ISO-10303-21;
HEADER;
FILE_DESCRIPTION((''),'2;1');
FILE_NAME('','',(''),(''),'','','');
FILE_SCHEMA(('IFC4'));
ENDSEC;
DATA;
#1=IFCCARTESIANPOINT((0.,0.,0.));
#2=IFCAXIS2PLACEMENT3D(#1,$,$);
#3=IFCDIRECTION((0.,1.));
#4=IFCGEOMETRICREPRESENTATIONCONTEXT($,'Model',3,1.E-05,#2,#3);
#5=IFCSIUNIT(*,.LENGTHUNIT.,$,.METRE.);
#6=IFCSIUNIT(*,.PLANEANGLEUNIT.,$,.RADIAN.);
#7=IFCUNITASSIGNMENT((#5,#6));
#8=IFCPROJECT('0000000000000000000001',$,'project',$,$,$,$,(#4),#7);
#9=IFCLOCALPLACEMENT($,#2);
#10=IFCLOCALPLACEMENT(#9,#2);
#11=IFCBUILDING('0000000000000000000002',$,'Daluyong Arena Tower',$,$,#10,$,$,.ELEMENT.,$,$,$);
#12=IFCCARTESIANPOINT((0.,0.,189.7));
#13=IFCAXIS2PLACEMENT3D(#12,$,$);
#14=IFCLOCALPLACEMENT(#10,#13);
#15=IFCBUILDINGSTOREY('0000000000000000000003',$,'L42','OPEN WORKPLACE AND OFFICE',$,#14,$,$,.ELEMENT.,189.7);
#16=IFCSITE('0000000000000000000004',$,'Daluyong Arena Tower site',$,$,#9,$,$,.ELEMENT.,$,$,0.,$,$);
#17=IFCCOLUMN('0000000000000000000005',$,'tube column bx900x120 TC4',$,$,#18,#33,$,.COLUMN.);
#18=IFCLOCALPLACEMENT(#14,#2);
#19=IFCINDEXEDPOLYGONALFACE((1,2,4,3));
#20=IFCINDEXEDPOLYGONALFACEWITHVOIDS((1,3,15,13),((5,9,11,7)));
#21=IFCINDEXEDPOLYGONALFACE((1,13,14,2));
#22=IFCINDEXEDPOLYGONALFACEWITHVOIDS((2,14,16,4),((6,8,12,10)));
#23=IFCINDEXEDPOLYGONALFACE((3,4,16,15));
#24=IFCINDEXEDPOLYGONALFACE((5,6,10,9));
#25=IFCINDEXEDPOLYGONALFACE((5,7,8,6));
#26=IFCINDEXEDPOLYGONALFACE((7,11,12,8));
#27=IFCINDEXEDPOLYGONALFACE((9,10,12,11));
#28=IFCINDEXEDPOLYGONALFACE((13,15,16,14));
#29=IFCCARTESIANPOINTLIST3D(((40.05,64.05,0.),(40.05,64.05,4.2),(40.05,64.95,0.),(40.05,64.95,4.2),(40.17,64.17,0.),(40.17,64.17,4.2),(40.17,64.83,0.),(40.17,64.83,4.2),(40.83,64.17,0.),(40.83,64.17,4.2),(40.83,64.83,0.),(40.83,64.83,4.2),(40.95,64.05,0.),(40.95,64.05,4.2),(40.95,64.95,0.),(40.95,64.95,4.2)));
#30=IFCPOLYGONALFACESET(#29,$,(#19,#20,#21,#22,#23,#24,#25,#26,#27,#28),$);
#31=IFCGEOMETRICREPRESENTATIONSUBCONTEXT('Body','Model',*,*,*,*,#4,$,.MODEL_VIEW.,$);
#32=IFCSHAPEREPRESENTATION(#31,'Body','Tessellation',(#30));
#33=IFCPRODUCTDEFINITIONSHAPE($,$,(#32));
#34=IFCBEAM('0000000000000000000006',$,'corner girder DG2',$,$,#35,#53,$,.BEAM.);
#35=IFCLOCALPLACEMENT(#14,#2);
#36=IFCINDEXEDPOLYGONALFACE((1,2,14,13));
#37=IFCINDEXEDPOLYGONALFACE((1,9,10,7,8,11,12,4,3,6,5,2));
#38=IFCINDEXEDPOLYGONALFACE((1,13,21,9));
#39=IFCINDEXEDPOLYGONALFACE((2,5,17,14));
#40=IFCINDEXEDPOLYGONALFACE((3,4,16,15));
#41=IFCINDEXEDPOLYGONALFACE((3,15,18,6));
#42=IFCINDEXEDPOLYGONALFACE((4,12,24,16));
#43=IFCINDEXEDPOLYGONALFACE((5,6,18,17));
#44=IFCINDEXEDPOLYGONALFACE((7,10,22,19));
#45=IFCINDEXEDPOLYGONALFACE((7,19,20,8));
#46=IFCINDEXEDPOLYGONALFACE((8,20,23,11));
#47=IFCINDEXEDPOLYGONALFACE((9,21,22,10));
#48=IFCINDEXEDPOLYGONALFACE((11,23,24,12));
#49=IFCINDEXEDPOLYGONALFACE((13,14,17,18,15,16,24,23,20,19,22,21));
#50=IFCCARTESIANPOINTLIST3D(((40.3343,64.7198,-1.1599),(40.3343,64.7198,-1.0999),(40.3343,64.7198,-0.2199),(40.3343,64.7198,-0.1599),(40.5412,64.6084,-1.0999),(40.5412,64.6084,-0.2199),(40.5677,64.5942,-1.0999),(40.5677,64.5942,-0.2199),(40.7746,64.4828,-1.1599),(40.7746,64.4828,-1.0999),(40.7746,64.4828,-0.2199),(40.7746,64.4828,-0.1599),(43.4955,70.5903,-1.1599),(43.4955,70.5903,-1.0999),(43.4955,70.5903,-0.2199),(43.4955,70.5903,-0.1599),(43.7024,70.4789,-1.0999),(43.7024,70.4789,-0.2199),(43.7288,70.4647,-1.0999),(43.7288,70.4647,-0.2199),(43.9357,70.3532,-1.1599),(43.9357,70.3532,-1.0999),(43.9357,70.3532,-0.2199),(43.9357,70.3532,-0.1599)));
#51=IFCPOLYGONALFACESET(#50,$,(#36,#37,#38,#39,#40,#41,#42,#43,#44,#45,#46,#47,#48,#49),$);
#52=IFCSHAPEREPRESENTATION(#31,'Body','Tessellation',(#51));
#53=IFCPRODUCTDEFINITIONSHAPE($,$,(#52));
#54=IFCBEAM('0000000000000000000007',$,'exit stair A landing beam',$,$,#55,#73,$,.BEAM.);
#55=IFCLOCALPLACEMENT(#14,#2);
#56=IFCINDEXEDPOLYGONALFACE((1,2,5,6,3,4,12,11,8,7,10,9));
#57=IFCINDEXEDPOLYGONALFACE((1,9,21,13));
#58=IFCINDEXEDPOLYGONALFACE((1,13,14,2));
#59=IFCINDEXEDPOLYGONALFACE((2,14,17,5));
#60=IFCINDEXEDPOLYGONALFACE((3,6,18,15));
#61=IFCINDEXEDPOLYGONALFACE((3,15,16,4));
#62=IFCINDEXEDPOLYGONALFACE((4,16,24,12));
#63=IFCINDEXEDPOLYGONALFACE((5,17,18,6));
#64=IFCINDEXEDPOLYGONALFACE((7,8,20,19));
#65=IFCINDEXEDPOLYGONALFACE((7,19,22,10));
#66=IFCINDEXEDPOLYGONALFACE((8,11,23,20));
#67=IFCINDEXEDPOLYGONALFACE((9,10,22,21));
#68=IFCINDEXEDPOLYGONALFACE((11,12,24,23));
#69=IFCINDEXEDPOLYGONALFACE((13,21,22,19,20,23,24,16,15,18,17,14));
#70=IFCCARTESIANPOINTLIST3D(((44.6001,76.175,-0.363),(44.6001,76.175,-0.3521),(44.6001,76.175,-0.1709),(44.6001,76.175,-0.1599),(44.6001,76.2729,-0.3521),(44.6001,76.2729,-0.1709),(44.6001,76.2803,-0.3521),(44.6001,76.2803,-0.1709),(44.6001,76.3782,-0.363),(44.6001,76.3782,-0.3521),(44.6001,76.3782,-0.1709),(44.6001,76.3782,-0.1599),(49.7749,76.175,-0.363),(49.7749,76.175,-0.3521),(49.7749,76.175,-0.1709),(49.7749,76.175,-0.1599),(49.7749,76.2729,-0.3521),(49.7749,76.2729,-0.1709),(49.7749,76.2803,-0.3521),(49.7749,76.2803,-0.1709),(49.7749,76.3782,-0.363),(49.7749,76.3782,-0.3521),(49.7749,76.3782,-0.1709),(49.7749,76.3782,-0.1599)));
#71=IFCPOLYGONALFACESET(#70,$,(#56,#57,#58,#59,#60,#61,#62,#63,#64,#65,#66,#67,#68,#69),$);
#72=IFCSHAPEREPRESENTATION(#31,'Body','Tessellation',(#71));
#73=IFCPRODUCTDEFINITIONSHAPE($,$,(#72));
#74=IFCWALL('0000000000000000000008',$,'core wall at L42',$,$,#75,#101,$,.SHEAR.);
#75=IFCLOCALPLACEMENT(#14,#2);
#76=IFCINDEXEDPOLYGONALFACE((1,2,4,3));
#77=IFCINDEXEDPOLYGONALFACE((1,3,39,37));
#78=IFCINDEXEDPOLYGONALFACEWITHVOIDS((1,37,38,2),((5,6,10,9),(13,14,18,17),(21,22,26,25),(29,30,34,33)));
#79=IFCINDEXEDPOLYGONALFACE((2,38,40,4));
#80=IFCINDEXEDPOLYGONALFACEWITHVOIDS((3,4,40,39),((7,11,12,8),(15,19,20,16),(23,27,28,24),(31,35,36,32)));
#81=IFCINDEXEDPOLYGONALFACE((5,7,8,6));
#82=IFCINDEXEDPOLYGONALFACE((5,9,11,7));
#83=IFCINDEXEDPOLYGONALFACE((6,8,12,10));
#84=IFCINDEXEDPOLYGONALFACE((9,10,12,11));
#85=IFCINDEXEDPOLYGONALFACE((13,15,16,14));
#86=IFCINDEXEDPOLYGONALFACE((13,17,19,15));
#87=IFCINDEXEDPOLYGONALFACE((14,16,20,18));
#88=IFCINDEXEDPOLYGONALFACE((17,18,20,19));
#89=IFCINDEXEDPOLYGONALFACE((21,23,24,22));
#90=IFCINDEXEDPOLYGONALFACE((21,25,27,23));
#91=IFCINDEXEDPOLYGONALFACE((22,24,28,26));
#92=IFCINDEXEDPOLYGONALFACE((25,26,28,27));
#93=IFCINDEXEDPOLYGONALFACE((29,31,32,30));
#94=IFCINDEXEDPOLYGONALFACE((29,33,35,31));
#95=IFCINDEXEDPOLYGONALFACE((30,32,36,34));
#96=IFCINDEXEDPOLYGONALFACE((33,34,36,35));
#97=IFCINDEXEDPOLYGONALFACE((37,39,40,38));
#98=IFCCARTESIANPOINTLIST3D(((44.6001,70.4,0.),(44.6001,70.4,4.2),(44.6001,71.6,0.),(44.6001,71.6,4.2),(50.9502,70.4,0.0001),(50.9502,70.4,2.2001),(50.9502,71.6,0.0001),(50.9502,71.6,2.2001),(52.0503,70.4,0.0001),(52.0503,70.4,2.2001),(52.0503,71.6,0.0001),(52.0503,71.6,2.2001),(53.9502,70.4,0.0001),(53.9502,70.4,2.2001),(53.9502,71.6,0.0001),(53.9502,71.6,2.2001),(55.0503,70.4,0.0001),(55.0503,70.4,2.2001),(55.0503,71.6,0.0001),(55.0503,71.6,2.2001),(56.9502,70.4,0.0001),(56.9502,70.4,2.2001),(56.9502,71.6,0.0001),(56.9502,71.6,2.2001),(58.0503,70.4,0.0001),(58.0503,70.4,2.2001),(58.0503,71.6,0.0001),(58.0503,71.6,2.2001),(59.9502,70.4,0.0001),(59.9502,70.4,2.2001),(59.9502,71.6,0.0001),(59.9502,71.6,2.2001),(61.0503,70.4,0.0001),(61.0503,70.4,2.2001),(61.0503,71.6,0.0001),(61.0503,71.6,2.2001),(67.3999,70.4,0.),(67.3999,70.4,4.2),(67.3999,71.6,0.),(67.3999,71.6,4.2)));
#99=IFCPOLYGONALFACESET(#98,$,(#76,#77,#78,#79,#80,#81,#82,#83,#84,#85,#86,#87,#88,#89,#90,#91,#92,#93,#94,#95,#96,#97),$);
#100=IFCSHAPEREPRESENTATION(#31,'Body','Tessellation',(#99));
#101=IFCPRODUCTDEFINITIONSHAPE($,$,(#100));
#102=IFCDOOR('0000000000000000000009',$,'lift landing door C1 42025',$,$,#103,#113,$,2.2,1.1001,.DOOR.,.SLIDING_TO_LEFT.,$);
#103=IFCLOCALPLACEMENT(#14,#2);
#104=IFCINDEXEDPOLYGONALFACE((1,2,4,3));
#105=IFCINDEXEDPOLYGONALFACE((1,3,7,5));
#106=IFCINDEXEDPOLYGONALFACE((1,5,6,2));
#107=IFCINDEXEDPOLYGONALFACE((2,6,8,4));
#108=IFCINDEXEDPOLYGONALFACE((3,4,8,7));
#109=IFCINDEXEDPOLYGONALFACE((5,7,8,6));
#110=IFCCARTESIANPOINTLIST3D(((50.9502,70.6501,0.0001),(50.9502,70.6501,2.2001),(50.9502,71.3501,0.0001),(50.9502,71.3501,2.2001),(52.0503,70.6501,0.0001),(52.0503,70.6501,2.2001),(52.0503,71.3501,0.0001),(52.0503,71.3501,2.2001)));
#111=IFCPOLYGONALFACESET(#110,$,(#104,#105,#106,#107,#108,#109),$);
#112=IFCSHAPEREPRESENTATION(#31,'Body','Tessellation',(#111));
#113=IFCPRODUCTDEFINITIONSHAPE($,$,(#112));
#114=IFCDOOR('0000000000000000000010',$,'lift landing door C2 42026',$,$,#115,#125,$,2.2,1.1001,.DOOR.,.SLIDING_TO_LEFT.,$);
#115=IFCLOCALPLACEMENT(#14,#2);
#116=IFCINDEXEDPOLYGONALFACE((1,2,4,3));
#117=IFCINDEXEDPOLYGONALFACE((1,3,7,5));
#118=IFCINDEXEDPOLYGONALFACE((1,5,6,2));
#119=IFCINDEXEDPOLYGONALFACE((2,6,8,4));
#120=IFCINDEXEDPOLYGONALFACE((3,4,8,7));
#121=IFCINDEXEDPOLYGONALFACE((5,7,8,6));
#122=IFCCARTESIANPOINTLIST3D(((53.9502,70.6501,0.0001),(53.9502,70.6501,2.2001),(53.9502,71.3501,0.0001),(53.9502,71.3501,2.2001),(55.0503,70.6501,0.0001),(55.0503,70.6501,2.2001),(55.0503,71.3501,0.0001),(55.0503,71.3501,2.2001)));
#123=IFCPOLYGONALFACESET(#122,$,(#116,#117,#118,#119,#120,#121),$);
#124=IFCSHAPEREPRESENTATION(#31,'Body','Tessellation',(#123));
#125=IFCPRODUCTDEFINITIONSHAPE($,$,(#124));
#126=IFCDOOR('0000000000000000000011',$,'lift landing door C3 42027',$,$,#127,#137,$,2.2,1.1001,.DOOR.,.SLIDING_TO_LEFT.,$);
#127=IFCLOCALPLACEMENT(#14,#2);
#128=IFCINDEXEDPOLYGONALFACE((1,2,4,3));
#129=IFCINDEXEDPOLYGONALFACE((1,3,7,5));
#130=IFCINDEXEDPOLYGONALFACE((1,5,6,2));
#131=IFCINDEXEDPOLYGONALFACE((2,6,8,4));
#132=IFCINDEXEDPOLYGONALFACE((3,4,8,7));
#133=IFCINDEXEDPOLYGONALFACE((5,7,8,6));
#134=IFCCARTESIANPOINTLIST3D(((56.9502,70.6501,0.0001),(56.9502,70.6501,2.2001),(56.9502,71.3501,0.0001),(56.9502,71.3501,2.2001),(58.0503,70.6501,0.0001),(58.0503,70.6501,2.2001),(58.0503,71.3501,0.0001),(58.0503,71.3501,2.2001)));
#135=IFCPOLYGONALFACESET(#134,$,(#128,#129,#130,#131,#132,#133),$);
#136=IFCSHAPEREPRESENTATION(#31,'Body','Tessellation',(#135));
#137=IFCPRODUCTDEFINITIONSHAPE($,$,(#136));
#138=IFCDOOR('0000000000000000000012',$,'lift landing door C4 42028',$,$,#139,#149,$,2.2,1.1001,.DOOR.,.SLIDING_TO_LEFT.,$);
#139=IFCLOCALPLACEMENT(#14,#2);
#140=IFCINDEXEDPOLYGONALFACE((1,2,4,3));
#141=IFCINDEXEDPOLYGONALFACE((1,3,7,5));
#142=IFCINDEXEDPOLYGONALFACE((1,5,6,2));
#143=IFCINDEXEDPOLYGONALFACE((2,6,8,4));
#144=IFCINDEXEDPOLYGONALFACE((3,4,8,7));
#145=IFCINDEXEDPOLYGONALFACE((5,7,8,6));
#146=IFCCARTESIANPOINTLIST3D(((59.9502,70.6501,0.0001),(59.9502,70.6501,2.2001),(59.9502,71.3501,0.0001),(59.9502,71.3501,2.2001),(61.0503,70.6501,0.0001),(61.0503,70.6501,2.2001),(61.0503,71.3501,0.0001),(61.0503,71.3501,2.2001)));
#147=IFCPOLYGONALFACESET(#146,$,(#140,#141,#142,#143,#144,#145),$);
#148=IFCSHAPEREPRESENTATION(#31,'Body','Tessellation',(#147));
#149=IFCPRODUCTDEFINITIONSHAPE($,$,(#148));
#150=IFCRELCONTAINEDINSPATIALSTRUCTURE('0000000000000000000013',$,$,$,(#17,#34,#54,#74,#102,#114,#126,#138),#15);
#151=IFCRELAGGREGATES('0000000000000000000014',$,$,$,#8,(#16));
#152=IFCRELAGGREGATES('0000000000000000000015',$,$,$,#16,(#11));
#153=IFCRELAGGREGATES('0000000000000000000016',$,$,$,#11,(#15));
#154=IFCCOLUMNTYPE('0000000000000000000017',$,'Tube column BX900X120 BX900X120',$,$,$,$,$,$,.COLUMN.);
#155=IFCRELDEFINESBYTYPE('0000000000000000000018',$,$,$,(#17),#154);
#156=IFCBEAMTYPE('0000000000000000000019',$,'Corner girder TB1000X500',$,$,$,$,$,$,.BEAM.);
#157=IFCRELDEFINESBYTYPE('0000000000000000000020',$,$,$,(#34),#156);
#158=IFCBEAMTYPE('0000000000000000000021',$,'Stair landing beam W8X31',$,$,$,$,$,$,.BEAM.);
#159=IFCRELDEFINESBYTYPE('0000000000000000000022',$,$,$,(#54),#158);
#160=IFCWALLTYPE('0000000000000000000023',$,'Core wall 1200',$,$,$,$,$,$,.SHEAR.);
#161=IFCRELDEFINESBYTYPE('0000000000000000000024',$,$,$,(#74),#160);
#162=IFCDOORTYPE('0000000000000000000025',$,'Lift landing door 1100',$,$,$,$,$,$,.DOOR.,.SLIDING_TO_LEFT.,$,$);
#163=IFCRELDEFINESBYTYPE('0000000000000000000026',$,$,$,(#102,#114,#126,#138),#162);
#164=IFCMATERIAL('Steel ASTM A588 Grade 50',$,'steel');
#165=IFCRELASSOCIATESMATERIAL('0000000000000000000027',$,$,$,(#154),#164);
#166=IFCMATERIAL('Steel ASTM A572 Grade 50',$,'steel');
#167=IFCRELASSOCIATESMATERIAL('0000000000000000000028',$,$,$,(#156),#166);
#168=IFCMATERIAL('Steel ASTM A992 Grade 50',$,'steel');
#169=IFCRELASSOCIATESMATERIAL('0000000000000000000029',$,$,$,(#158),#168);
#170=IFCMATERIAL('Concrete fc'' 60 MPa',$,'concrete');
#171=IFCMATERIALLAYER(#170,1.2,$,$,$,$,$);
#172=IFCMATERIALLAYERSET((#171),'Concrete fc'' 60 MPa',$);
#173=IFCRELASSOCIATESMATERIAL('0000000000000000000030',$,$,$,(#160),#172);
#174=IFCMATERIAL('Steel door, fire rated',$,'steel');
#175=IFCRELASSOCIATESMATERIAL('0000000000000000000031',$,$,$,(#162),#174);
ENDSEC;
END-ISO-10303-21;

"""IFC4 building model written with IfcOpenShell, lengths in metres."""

from ifc_helpers import new_model, si_unit, direction, frame, frame_2d, origin, origin_2d, place, context, subcontext, project, spatial, rectangle, hollow_rectangle, i_section, extrude, material, layer, layer_set, material_profile, profile_set, type_object, element, fill, save


model = new_model("IFC4")

# Units and contexts
model_context = context("Model", 3, precision=1e-05, world=origin(), true_north=direction((0.0, 1.0)))
body_context = subcontext(model_context, "Body", "Model", "MODEL_VIEW")
ifc_project = project(units=[si_unit("LENGTHUNIT", "METRE"), si_unit("PLANEANGLEUNIT", "RADIAN")], contexts=[model_context])

# Site, building, storey
site_placement = place(None, origin())
site = spatial("IfcSite", under=ifc_project, at=site_placement, Name="Daluyong Arena Tower site", CompositionType="ELEMENT", RefElevation=0.0)
building_placement = place(site_placement, origin())
building = spatial("IfcBuilding", under=site, at=building_placement, Name="Daluyong Arena Tower", CompositionType="ELEMENT")
storey_placement = place(building_placement, frame((0.0, 0.0, 189.7)))
storey = spatial("IfcBuildingStorey", under=building, at=storey_placement, Name="L42", Description="OPEN WORKPLACE AND OFFICE", CompositionType="ELEMENT", Elevation=189.7)

# Column
ifc_material_1 = material(Name="Steel ASTM A588 Grade 50", Category="steel")
ifc_material_profile_1 = material_profile(ifc_material_1, hollow_rectangle(XDim=0.8999, YDim=0.8999, WallThickness=0.12, at=origin_2d()))
ifc_profile_set_1 = profile_set([ifc_material_profile_1], Name="Steel ASTM A588 Grade 50")
column_type = type_object("IfcColumnType", Name="Tube column BX900X120 BX900X120", PredefinedType="COLUMN", material=ifc_profile_set_1)
column_placement = place(storey_placement, frame((40.5, 64.5, 0.0), z_axis=(0.0, 0.0, 1.0), x_axis=(0.0, 1.0, 0.0)))
element("IfcColumn", 1, at=column_placement, inside=storey, type_object=column_type, Name="tube column bx900x120 TC4", PredefinedType="COLUMN", context=body_context, shape_type="SweptSolid", body=[
    extrude(hollow_rectangle(XDim=0.8999, YDim=0.8999, WallThickness=0.12, at=origin_2d()), origin(), (0.0, 0.0, 1.0), 4.2),
])

# Beams
ifc_material_2 = material(Name="Steel ASTM A572 Grade 50", Category="steel")
ifc_material_profile_2 = material_profile(ifc_material_2, i_section(OverallWidth=0.5, OverallDepth=1.0, WebThickness=0.03, FlangeThickness=0.06, at=origin_2d()))
ifc_profile_set_2 = profile_set([ifc_material_profile_2], Name="Steel ASTM A572 Grade 50")
beam_type_1 = type_object("IfcBeamType", Name="Corner girder TB1000X500", PredefinedType="BEAM", material=ifc_profile_set_2)
beam_1_placement = place(storey_placement, frame((40.5544, 64.6013, -0.6599), z_axis=(0.474119, 0.880461, 0.0), x_axis=(-0.880461, 0.474119, 0.0)))
element("IfcBeam", 2, at=beam_1_placement, inside=storey, type_object=beam_type_1, Name="corner girder DG2", PredefinedType="BEAM", context=body_context, shape_type="SweptSolid", body=[
    extrude(i_section(OverallWidth=0.5, OverallDepth=1.0, WebThickness=0.03, FlangeThickness=0.06, at=origin_2d()), origin(), (0.0, 0.0, 1.0), 6.6675),
])
ifc_material_3 = material(Name="Steel ASTM A992 Grade 50", Category="steel")
ifc_material_profile_3 = material_profile(ifc_material_3, i_section(OverallWidth=0.2031, OverallDepth=0.2031, WebThickness=0.0073, FlangeThickness=0.011, at=origin_2d()))
ifc_profile_set_3 = profile_set([ifc_material_profile_3], Name="Steel ASTM A992 Grade 50")
beam_type_2 = type_object("IfcBeamType", Name="Stair landing beam W8X31", PredefinedType="BEAM", material=ifc_profile_set_3)
beam_2_placement = place(storey_placement, frame((44.6001, 76.2766, -0.2615), z_axis=(1.0, 0.0, 0.0), x_axis=(0.0, 1.0, 0.0)))
element("IfcBeam", 3, at=beam_2_placement, inside=storey, type_object=beam_type_2, Name="exit stair A landing beam", PredefinedType="BEAM", context=body_context, shape_type="SweptSolid", body=[
    extrude(i_section(OverallWidth=0.2031, OverallDepth=0.2031, WebThickness=0.0073, FlangeThickness=0.011, at=origin_2d()), origin(), (0.0, 0.0, 1.0), 5.1748),
])

# Shared definitions
ifc_material_4 = material(Name="Concrete fc' 60 MPa", Category="concrete")
ifc_layer_1 = layer(ifc_material_4, 1.2)
ifc_layer_set_1 = layer_set([ifc_layer_1], Name="Concrete fc' 60 MPa")
wall_type_1 = type_object("IfcWallType", Name="Core wall 1200", PredefinedType="SHEAR", material=ifc_layer_set_1)

# Wall, openings, doors
wall_1_placement = place(storey_placement, frame((44.6001, 71.0, 0.0), z_axis=(0.0, 0.0, 1.0), x_axis=(1.0, 0.0, 0.0)))
wall_1 = element("IfcWall", 4, at=wall_1_placement, inside=storey, type_object=wall_type_1, Name="core wall at L42", PredefinedType="SHEAR", context=body_context, shape_type="SweptSolid", body=[
    extrude(rectangle(XDim=22.7998, YDim=1.2, at=frame_2d((11.3999, 0.0))), origin(), (0.0, 0.0, 1.0), 4.2),
])
opening_1_placement = place(wall_1_placement, frame((6.3501, 0.0, 0.0)))
opening_1 = element("IfcOpeningElement", 5, at=opening_1_placement, cuts=wall_1, PredefinedType="OPENING", context=body_context, shape_type="SweptSolid", body=[
    extrude(rectangle(XDim=1.1001, YDim=2.2, at=frame_2d((0.55, 1.1001))), frame((0.0, 0.6099, 0.0), z_axis=(0.0, -1.0, 0.0), x_axis=(1.0, 0.0, 0.0)), (0.0, 0.0, 1.0), 1.22),
])
opening_2_placement = place(wall_1_placement, frame((9.3501, 0.0, 0.0)))
opening_2 = element("IfcOpeningElement", 6, at=opening_2_placement, cuts=wall_1, PredefinedType="OPENING", context=body_context, shape_type="SweptSolid", body=[
    extrude(rectangle(XDim=1.1001, YDim=2.2, at=frame_2d((0.55, 1.1001))), frame((0.0, 0.6099, 0.0), z_axis=(0.0, -1.0, 0.0), x_axis=(1.0, 0.0, 0.0)), (0.0, 0.0, 1.0), 1.22),
])
opening_3_placement = place(wall_1_placement, frame((12.3501, 0.0, 0.0)))
opening_3 = element("IfcOpeningElement", 7, at=opening_3_placement, cuts=wall_1, PredefinedType="OPENING", context=body_context, shape_type="SweptSolid", body=[
    extrude(rectangle(XDim=1.1001, YDim=2.2, at=frame_2d((0.55, 1.1001))), frame((0.0, 0.6099, 0.0), z_axis=(0.0, -1.0, 0.0), x_axis=(1.0, 0.0, 0.0)), (0.0, 0.0, 1.0), 1.22),
])
opening_4_placement = place(wall_1_placement, frame((15.3501, 0.0, 0.0)))
opening_4 = element("IfcOpeningElement", 8, at=opening_4_placement, cuts=wall_1, PredefinedType="OPENING", context=body_context, shape_type="SweptSolid", body=[
    extrude(rectangle(XDim=1.1001, YDim=2.2, at=frame_2d((0.55, 1.1001))), frame((0.0, 0.6099, 0.0), z_axis=(0.0, -1.0, 0.0), x_axis=(1.0, 0.0, 0.0)), (0.0, 0.0, 1.0), 1.22),
])
ifc_material_5 = material(Name="Steel door, fire rated", Category="steel")
door_type_1 = type_object("IfcDoorType", Name="Lift landing door 1100", OperationType="SLIDING_TO_LEFT", PredefinedType="DOOR", material=ifc_material_5)
door_1_placement = place(opening_1_placement, origin())
door_1 = element("IfcDoor", 9, at=door_1_placement, inside=storey, type_object=door_type_1, Name="lift landing door C1 42025", OperationType="SLIDING_TO_LEFT", OverallHeight=2.2, OverallWidth=1.1001, PredefinedType="DOOR", context=body_context, shape_type="SweptSolid", body=[
    extrude(rectangle(XDim=1.1001, YDim=2.2, at=frame_2d((0.55, 1.1001))), frame((0.0, 0.3501, 0.0), z_axis=(0.0, -1.0, 0.0), x_axis=(1.0, 0.0, 0.0)), (0.0, 0.0, 1.0), 0.7),
])
fill(opening_1, door_1)
door_2_placement = place(opening_2_placement, origin())
door_2 = element("IfcDoor", 10, at=door_2_placement, inside=storey, type_object=door_type_1, Name="lift landing door C2 42026", OperationType="SLIDING_TO_LEFT", OverallHeight=2.2, OverallWidth=1.1001, PredefinedType="DOOR", context=body_context, shape_type="SweptSolid", body=[
    extrude(rectangle(XDim=1.1001, YDim=2.2, at=frame_2d((0.55, 1.1001))), frame((0.0, 0.3501, 0.0), z_axis=(0.0, -1.0, 0.0), x_axis=(1.0, 0.0, 0.0)), (0.0, 0.0, 1.0), 0.7),
])
fill(opening_2, door_2)
door_3_placement = place(opening_3_placement, origin())
door_3 = element("IfcDoor", 11, at=door_3_placement, inside=storey, type_object=door_type_1, Name="lift landing door C3 42027", OperationType="SLIDING_TO_LEFT", OverallHeight=2.2, OverallWidth=1.1001, PredefinedType="DOOR", context=body_context, shape_type="SweptSolid", body=[
    extrude(rectangle(XDim=1.1001, YDim=2.2, at=frame_2d((0.55, 1.1001))), frame((0.0, 0.3501, 0.0), z_axis=(0.0, -1.0, 0.0), x_axis=(1.0, 0.0, 0.0)), (0.0, 0.0, 1.0), 0.7),
])
fill(opening_3, door_3)
door_4_placement = place(opening_4_placement, origin())
door_4 = element("IfcDoor", 12, at=door_4_placement, inside=storey, type_object=door_type_1, Name="lift landing door C4 42028", OperationType="SLIDING_TO_LEFT", OverallHeight=2.2, OverallWidth=1.1001, PredefinedType="DOOR", context=body_context, shape_type="SweptSolid", body=[
    extrude(rectangle(XDim=1.1001, YDim=2.2, at=frame_2d((0.55, 1.1001))), frame((0.0, 0.3501, 0.0), z_axis=(0.0, -1.0, 0.0), x_axis=(1.0, 0.0, 0.0)), (0.0, 0.0, 1.0), 0.7),
])
fill(opening_4, door_4)

save(model, "model.ifc")
